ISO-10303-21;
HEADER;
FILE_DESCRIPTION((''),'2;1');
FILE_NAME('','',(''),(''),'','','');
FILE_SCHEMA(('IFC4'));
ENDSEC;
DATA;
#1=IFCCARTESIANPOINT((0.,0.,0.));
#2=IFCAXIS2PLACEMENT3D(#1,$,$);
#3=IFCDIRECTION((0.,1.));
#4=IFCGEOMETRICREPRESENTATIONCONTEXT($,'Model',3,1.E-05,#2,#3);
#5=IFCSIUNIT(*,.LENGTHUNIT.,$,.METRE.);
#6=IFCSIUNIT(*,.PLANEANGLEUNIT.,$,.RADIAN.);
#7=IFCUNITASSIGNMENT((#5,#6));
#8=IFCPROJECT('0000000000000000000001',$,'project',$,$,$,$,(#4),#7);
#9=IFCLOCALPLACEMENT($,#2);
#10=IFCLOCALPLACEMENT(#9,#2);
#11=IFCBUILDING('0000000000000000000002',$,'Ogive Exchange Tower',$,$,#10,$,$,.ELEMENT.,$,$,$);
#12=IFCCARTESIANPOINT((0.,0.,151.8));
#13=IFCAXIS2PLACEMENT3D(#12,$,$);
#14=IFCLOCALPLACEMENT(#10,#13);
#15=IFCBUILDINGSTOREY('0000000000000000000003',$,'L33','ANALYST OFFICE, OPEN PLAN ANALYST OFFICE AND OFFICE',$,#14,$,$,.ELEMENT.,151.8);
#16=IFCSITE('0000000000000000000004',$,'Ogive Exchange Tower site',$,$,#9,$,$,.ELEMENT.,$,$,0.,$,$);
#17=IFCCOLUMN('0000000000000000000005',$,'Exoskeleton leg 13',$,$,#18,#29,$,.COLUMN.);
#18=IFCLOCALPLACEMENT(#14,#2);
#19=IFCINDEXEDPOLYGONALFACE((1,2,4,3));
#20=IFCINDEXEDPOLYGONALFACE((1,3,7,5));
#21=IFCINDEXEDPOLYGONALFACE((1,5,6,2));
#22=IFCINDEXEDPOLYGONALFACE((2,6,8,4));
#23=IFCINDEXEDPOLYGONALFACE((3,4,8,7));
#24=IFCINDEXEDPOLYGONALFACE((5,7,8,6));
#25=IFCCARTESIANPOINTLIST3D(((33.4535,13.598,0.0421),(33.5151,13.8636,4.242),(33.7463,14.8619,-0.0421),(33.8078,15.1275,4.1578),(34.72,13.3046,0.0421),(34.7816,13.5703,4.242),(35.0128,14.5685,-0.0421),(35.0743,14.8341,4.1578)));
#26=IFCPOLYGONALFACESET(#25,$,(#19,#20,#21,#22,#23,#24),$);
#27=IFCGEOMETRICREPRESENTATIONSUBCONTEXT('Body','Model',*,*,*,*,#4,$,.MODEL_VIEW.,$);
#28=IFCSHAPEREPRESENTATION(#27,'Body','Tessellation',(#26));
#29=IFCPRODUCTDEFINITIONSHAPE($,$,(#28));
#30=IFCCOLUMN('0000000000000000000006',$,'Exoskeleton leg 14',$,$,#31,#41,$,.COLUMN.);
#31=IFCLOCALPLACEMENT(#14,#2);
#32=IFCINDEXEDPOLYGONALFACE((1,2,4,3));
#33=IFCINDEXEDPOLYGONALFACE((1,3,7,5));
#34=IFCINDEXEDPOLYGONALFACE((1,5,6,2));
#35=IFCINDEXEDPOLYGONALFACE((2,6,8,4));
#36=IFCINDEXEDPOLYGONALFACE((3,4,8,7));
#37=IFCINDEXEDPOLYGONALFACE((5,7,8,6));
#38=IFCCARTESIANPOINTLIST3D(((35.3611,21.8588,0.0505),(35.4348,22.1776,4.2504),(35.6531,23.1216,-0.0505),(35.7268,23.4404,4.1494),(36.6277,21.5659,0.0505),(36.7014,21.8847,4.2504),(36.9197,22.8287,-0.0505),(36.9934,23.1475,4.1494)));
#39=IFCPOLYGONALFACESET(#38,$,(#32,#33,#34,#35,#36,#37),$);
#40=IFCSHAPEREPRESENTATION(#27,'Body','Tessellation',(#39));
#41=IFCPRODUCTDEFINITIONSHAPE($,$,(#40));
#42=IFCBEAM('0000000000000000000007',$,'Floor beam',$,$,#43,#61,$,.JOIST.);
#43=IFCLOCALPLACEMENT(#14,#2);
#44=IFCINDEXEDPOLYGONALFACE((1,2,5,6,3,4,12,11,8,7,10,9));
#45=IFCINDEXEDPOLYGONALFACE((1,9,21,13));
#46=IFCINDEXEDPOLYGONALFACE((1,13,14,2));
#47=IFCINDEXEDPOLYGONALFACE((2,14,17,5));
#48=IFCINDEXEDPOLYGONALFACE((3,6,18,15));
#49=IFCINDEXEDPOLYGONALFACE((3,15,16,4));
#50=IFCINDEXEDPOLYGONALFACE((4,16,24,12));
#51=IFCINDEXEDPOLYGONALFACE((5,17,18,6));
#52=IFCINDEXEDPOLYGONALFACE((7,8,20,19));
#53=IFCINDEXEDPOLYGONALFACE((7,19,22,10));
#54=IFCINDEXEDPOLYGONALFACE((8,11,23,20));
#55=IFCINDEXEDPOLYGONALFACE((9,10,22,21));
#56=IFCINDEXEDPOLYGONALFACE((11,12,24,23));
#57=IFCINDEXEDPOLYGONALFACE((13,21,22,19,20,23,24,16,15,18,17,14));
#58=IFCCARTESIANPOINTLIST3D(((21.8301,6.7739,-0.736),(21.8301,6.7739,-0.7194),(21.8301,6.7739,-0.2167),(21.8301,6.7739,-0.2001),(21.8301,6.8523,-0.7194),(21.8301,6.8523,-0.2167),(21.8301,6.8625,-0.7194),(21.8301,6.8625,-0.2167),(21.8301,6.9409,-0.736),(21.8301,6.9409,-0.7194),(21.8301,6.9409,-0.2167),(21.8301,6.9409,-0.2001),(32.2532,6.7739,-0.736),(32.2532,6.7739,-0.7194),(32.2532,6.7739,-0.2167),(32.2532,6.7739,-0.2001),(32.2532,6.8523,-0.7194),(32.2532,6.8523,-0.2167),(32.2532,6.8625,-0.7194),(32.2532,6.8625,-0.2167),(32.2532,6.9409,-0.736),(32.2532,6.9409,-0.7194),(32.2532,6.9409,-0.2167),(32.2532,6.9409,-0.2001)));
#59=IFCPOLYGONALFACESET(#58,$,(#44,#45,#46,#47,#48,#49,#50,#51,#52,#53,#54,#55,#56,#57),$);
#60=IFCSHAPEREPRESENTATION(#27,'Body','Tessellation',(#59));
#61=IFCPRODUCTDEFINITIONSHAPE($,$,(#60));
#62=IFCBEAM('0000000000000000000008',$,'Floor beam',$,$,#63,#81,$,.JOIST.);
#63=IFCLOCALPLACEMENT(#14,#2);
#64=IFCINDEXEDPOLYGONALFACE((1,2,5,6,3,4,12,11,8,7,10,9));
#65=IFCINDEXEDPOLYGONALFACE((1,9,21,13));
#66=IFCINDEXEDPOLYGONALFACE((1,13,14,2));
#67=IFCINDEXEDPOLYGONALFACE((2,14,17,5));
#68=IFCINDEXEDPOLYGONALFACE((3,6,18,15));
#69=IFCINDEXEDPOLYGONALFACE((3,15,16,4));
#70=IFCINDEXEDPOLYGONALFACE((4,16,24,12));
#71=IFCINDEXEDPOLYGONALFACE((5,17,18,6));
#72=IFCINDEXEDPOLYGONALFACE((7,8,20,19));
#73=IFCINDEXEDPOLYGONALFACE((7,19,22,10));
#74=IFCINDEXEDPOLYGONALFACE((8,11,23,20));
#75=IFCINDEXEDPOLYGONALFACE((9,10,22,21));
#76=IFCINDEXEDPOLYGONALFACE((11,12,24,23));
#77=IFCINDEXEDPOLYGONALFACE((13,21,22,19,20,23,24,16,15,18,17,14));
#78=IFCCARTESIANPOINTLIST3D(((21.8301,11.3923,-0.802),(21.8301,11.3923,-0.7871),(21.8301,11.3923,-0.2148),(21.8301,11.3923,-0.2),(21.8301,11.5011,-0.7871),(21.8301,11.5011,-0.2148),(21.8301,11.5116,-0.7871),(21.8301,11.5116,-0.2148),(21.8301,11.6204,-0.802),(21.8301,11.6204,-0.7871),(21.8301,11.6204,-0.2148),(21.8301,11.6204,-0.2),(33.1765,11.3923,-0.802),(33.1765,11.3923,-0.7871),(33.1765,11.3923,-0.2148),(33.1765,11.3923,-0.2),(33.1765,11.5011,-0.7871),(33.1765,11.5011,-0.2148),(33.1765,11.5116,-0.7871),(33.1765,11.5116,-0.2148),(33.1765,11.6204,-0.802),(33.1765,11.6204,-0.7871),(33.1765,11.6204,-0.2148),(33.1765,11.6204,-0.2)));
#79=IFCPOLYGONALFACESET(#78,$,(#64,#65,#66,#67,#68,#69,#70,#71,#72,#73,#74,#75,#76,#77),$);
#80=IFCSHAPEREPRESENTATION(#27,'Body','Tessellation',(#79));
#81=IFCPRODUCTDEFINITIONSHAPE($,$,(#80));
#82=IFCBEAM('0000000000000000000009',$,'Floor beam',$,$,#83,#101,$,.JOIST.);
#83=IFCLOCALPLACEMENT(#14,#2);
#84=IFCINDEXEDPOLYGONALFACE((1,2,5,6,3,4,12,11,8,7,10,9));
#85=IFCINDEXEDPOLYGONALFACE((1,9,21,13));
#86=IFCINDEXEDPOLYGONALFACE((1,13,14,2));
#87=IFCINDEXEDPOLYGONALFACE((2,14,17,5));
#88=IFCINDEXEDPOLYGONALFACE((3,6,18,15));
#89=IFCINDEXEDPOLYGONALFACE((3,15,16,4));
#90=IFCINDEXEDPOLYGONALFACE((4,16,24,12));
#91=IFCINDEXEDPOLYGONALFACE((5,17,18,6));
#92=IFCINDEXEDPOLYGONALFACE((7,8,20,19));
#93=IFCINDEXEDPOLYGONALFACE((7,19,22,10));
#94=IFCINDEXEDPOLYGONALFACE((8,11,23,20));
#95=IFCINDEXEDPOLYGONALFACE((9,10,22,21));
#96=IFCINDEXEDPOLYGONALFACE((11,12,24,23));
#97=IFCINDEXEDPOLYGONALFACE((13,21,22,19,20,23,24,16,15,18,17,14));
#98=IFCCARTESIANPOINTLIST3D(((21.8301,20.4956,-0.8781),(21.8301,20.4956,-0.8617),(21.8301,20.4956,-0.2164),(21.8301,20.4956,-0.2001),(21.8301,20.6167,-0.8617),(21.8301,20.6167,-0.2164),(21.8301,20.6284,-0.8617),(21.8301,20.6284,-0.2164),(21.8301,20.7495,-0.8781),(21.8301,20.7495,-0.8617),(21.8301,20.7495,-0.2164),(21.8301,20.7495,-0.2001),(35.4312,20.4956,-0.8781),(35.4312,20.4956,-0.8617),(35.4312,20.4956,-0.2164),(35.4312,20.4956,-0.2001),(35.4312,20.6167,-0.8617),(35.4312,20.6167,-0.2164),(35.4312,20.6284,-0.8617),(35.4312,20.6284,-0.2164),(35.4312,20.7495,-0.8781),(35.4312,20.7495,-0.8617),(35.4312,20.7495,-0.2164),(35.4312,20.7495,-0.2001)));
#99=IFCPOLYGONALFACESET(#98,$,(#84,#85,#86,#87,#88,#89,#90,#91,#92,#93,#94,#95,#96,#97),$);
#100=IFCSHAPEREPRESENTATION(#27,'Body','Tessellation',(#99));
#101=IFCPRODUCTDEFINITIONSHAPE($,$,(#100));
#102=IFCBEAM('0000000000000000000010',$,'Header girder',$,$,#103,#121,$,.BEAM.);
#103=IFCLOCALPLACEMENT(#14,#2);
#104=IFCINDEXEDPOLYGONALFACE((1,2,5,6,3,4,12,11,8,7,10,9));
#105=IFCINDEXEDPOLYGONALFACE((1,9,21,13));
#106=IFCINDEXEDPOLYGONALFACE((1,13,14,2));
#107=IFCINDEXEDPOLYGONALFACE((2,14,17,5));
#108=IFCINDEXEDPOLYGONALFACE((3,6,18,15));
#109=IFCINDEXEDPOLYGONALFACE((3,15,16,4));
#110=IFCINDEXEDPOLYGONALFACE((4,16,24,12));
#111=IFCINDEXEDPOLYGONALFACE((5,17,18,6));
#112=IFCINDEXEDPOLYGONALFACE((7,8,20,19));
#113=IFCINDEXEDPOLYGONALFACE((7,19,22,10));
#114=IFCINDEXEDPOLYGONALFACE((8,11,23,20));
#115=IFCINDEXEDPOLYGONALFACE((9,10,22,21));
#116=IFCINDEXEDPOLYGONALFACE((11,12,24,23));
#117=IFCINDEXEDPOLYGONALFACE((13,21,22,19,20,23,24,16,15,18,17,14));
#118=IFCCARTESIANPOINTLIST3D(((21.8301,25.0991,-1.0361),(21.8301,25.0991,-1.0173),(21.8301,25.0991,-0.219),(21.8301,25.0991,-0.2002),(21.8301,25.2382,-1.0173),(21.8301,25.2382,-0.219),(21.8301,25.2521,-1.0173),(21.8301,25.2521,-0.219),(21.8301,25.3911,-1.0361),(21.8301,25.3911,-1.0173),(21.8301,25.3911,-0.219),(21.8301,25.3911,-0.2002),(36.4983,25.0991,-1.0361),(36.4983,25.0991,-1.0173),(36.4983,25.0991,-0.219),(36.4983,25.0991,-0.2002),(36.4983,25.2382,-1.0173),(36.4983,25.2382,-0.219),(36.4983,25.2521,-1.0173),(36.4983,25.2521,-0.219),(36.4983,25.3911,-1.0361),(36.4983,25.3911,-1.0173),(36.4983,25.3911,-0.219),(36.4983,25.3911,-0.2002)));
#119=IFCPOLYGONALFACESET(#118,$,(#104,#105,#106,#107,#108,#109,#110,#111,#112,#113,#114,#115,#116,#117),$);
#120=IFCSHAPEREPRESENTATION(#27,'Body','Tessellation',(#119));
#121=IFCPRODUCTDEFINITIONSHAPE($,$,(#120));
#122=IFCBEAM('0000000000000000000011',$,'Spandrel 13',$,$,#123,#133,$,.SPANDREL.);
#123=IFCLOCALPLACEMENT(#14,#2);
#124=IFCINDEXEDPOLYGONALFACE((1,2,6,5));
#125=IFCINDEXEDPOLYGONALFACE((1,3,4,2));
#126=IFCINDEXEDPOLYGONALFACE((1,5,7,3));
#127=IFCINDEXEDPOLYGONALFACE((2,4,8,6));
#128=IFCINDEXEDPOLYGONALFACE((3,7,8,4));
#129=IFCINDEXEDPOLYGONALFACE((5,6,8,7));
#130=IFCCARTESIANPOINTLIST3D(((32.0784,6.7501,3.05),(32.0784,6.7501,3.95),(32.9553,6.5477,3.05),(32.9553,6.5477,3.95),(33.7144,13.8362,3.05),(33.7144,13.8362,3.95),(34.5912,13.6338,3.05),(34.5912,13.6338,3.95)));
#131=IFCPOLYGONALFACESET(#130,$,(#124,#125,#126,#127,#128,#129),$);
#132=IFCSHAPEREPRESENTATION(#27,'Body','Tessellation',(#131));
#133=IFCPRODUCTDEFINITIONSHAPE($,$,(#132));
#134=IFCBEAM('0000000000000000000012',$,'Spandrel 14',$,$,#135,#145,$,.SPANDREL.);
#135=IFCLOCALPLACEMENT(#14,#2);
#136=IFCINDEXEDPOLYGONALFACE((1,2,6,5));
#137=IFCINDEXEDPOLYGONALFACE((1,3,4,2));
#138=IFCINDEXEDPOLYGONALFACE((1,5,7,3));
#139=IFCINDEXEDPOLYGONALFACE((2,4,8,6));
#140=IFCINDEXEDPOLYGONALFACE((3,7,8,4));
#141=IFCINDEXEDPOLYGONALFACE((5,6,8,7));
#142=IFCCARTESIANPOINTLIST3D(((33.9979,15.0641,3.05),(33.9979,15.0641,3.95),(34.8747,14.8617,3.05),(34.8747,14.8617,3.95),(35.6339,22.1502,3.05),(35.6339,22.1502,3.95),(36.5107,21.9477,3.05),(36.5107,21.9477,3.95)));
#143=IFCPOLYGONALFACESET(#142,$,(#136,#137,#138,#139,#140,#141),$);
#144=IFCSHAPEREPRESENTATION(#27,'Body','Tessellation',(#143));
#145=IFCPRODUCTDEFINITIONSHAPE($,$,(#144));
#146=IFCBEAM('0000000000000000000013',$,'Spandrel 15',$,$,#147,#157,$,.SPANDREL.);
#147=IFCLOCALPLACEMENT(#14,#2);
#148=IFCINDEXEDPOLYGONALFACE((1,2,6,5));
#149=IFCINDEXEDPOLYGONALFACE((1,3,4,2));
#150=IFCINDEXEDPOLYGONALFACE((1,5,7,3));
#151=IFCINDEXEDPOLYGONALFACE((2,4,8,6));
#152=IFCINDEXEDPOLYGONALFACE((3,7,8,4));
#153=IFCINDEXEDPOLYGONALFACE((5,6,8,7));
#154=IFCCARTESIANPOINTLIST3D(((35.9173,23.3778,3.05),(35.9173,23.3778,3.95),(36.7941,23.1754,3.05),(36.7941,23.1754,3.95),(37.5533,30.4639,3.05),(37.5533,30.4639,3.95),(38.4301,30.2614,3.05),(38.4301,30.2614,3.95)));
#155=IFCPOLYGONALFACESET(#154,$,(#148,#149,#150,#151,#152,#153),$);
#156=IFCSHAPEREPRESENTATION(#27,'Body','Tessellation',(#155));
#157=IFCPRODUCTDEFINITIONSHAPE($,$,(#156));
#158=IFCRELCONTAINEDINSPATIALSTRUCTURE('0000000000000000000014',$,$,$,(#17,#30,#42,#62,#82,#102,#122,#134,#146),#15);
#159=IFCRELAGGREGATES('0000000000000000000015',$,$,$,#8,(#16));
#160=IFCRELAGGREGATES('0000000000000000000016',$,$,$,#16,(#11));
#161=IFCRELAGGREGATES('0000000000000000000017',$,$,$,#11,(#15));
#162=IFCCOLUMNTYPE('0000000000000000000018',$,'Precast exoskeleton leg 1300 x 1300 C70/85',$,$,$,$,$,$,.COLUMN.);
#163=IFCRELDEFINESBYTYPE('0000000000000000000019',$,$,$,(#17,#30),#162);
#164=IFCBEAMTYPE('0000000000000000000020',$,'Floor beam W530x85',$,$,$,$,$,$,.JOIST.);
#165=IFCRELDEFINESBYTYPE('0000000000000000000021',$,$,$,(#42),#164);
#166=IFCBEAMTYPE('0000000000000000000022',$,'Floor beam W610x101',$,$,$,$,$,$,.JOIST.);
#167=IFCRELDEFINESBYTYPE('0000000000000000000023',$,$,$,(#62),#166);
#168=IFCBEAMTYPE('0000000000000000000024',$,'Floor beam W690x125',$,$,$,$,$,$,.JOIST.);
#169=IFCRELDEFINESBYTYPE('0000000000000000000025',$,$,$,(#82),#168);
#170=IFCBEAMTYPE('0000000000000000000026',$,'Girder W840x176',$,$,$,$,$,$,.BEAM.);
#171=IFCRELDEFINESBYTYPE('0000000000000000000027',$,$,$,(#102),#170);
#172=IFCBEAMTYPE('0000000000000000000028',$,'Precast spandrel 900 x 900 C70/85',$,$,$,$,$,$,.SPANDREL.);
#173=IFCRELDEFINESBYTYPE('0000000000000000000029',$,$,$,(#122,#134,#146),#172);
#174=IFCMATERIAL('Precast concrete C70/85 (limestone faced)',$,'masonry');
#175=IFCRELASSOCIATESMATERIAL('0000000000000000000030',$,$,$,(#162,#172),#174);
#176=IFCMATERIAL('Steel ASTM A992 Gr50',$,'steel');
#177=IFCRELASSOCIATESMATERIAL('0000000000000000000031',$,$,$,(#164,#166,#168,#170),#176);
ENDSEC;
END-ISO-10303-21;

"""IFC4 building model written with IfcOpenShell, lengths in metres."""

from ifc_helpers import new_model, si_unit, direction, frame, origin, origin_2d, place, context, subcontext, project, spatial, rectangle, i_section, extrude, material, material_profile, profile_set, type_object, element, save


model = new_model("IFC4")

# Units and contexts
model_context = context("Model", 3, precision=1e-05, world=origin(), true_north=direction((0.0, 1.0)))
body_context = subcontext(model_context, "Body", "Model", "MODEL_VIEW")
ifc_project = project(units=[si_unit("LENGTHUNIT", "METRE"), si_unit("PLANEANGLEUNIT", "RADIAN")], contexts=[model_context])

# Site, building, storey
site_placement = place(None, origin())
site = spatial("IfcSite", under=ifc_project, at=site_placement, Name="Ogive Exchange Tower site", CompositionType="ELEMENT", RefElevation=0.0)
building_placement = place(site_placement, origin())
building = spatial("IfcBuilding", under=site, at=building_placement, Name="Ogive Exchange Tower", CompositionType="ELEMENT")
storey_placement = place(building_placement, frame((0.0, 0.0, 151.8)))
storey = spatial("IfcBuildingStorey", under=building, at=storey_placement, Name="L33", Description="ANALYST OFFICE, OPEN PLAN ANALYST OFFICE AND OFFICE", CompositionType="ELEMENT", Elevation=151.8)

# Columns
ifc_material_1 = material(Name="Precast concrete C70/85 (limestone faced)", Category="masonry")
ifc_material_profile_1 = material_profile(ifc_material_1, rectangle(XDim=1.3, YDim=1.3, at=origin_2d()), Name="1300 x 1300")
ifc_profile_set_1 = profile_set([ifc_material_profile_1], Name="Precast concrete C70/85 (limestone faced)")
column_type = type_object("IfcColumnType", Name="Precast exoskeleton leg 1300 x 1300 C70/85", PredefinedType="COLUMN", material=ifc_profile_set_1)
column_1_placement = place(storey_placement, frame((34.2332, 14.0833, 0.0), z_axis=(0.014618, 0.063112, 0.997899), x_axis=(-0.97421, 0.225644, 0.0)))
element("IfcColumn", 1, at=column_1_placement, inside=storey, type_object=column_type, Name="Exoskeleton leg 13", PredefinedType="COLUMN", context=body_context, shape_type="SweptSolid", body=[
    extrude(rectangle(XDim=1.3, YDim=1.3, at=origin_2d()), origin(), (0.0, 0.0, 1.0), 4.2087),
])
column_2_placement = place(storey_placement, frame((36.1404, 22.3438, 0.0), z_axis=(0.017502, 0.075688, 0.996978), x_axis=(-0.974291, 0.225295, 0.0)))
element("IfcColumn", 2, at=column_2_placement, inside=storey, type_object=column_type, Name="Exoskeleton leg 14", PredefinedType="COLUMN", context=body_context, shape_type="SweptSolid", body=[
    extrude(rectangle(XDim=1.3, YDim=1.3, at=origin_2d()), origin(), (0.0, 0.0, 1.0), 4.2126),
])

# Beams
ifc_material_2 = material(Name="Steel ASTM A992 Gr50", Category="steel")
ifc_material_profile_2 = material_profile(ifc_material_2, i_section(OverallWidth=0.167, OverallDepth=0.5359, WebThickness=0.0103, FlangeThickness=0.0166, at=origin_2d()), Name="W530x85")
ifc_profile_set_2 = profile_set([ifc_material_profile_2], Name="Steel ASTM A992 Gr50")
beam_type_1 = type_object("IfcBeamType", Name="Floor beam W530x85", PredefinedType="JOIST", material=ifc_profile_set_2)
beam_1_placement = place(storey_placement, frame((21.8301, 6.8574, -0.468), z_axis=(1.0, 0.0, 0.0), x_axis=(0.0, 1.0, 0.0)))
element("IfcBeam", 3, at=beam_1_placement, inside=storey, type_object=beam_type_1, Name="Floor beam", PredefinedType="JOIST", context=body_context, shape_type="SweptSolid", body=[
    extrude(i_section(OverallWidth=0.167, OverallDepth=0.5359, WebThickness=0.0103, FlangeThickness=0.0166, at=origin_2d()), origin(), (0.0, 0.0, 1.0), 10.4231),
])
ifc_material_profile_3 = material_profile(ifc_material_2, i_section(OverallWidth=0.228, OverallDepth=0.6021, WebThickness=0.0105, FlangeThickness=0.0149, at=origin_2d()), Name="W610x101")
ifc_profile_set_3 = profile_set([ifc_material_profile_3], Name="Steel ASTM A992 Gr50")
beam_type_2 = type_object("IfcBeamType", Name="Floor beam W610x101", PredefinedType="JOIST", material=ifc_profile_set_3)
beam_2_placement = place(storey_placement, frame((21.8301, 11.5063, -0.501), z_axis=(1.0, 0.0, 0.0), x_axis=(0.0, 1.0, 0.0)))
element("IfcBeam", 4, at=beam_2_placement, inside=storey, type_object=beam_type_2, Name="Floor beam", PredefinedType="JOIST", context=body_context, shape_type="SweptSolid", body=[
    extrude(i_section(OverallWidth=0.228, OverallDepth=0.6021, WebThickness=0.0105, FlangeThickness=0.0149, at=origin_2d()), origin(), (0.0, 0.0, 1.0), 11.3464),
])
ifc_material_profile_4 = material_profile(ifc_material_2, i_section(OverallWidth=0.2539, OverallDepth=0.678, WebThickness=0.0117, FlangeThickness=0.0164, at=origin_2d()), Name="W690x125")
ifc_profile_set_4 = profile_set([ifc_material_profile_4], Name="Steel ASTM A992 Gr50")
beam_type_3 = type_object("IfcBeamType", Name="Floor beam W690x125", PredefinedType="JOIST", material=ifc_profile_set_4)
beam_3_placement = place(storey_placement, frame((21.8301, 20.6226, -0.5391), z_axis=(1.0, 0.0, 0.0), x_axis=(0.0, 1.0, 0.0)))
element("IfcBeam", 5, at=beam_3_placement, inside=storey, type_object=beam_type_3, Name="Floor beam", PredefinedType="JOIST", context=body_context, shape_type="SweptSolid", body=[
    extrude(i_section(OverallWidth=0.2539, OverallDepth=0.678, WebThickness=0.0117, FlangeThickness=0.0164, at=origin_2d()), origin(), (0.0, 0.0, 1.0), 13.6011),
])
ifc_material_profile_5 = material_profile(ifc_material_2, i_section(OverallWidth=0.292, OverallDepth=0.8359, WebThickness=0.0139, FlangeThickness=0.0188, at=origin_2d()), Name="W840x176")
ifc_profile_set_5 = profile_set([ifc_material_profile_5], Name="Steel ASTM A992 Gr50")
beam_type_4 = type_object("IfcBeamType", Name="Girder W840x176", PredefinedType="BEAM", material=ifc_profile_set_5)
beam_4_placement = place(storey_placement, frame((21.8301, 25.2451, -0.6182), z_axis=(1.0, 0.0, 0.0), x_axis=(0.0, 1.0, 0.0)))
element("IfcBeam", 6, at=beam_4_placement, inside=storey, type_object=beam_type_4, Name="Header girder", PredefinedType="BEAM", context=body_context, shape_type="SweptSolid", body=[
    extrude(i_section(OverallWidth=0.292, OverallDepth=0.8359, WebThickness=0.0139, FlangeThickness=0.0188, at=origin_2d()), origin(), (0.0, 0.0, 1.0), 14.6682),
])
ifc_material_profile_6 = material_profile(ifc_material_1, rectangle(XDim=0.8999, YDim=0.8999, at=origin_2d()), Name="900 x 900")
ifc_profile_set_6 = profile_set([ifc_material_profile_6], Name="Precast concrete C70/85 (limestone faced)")
beam_type_5 = type_object("IfcBeamType", Name="Precast spandrel 900 x 900 C70/85", PredefinedType="SPANDREL", material=ifc_profile_set_6)
for number, where, z_axis, x_axis, name in (
    (7, (32.5168, 6.6489, 3.5), (0.224953, 0.97437, 0.0), (-0.97437, 0.224953, 0.0), "Spandrel 13"),
    (8, (34.4363, 14.9629, 3.5), (0.22496, 0.974368, 0.0), (-0.974368, 0.22496, 0.0), "Spandrel 14"),
    (9, (36.3557, 23.2766, 3.5), (0.22496, 0.974368, 0.0), (-0.974368, 0.22496, 0.0), "Spandrel 15"),
):
    element("IfcBeam", number, at=place(storey_placement, frame(where, z_axis=z_axis, x_axis=x_axis)), inside=storey, type_object=beam_type_5, Name=name, PredefinedType="SPANDREL", context=body_context, shape_type="SweptSolid", body=[
        extrude(rectangle(XDim=0.8999, YDim=0.8999, at=origin_2d()), origin(), (0.0, 0.0, 1.0), 7.2725),
    ])

save(model, "model.ifc")
